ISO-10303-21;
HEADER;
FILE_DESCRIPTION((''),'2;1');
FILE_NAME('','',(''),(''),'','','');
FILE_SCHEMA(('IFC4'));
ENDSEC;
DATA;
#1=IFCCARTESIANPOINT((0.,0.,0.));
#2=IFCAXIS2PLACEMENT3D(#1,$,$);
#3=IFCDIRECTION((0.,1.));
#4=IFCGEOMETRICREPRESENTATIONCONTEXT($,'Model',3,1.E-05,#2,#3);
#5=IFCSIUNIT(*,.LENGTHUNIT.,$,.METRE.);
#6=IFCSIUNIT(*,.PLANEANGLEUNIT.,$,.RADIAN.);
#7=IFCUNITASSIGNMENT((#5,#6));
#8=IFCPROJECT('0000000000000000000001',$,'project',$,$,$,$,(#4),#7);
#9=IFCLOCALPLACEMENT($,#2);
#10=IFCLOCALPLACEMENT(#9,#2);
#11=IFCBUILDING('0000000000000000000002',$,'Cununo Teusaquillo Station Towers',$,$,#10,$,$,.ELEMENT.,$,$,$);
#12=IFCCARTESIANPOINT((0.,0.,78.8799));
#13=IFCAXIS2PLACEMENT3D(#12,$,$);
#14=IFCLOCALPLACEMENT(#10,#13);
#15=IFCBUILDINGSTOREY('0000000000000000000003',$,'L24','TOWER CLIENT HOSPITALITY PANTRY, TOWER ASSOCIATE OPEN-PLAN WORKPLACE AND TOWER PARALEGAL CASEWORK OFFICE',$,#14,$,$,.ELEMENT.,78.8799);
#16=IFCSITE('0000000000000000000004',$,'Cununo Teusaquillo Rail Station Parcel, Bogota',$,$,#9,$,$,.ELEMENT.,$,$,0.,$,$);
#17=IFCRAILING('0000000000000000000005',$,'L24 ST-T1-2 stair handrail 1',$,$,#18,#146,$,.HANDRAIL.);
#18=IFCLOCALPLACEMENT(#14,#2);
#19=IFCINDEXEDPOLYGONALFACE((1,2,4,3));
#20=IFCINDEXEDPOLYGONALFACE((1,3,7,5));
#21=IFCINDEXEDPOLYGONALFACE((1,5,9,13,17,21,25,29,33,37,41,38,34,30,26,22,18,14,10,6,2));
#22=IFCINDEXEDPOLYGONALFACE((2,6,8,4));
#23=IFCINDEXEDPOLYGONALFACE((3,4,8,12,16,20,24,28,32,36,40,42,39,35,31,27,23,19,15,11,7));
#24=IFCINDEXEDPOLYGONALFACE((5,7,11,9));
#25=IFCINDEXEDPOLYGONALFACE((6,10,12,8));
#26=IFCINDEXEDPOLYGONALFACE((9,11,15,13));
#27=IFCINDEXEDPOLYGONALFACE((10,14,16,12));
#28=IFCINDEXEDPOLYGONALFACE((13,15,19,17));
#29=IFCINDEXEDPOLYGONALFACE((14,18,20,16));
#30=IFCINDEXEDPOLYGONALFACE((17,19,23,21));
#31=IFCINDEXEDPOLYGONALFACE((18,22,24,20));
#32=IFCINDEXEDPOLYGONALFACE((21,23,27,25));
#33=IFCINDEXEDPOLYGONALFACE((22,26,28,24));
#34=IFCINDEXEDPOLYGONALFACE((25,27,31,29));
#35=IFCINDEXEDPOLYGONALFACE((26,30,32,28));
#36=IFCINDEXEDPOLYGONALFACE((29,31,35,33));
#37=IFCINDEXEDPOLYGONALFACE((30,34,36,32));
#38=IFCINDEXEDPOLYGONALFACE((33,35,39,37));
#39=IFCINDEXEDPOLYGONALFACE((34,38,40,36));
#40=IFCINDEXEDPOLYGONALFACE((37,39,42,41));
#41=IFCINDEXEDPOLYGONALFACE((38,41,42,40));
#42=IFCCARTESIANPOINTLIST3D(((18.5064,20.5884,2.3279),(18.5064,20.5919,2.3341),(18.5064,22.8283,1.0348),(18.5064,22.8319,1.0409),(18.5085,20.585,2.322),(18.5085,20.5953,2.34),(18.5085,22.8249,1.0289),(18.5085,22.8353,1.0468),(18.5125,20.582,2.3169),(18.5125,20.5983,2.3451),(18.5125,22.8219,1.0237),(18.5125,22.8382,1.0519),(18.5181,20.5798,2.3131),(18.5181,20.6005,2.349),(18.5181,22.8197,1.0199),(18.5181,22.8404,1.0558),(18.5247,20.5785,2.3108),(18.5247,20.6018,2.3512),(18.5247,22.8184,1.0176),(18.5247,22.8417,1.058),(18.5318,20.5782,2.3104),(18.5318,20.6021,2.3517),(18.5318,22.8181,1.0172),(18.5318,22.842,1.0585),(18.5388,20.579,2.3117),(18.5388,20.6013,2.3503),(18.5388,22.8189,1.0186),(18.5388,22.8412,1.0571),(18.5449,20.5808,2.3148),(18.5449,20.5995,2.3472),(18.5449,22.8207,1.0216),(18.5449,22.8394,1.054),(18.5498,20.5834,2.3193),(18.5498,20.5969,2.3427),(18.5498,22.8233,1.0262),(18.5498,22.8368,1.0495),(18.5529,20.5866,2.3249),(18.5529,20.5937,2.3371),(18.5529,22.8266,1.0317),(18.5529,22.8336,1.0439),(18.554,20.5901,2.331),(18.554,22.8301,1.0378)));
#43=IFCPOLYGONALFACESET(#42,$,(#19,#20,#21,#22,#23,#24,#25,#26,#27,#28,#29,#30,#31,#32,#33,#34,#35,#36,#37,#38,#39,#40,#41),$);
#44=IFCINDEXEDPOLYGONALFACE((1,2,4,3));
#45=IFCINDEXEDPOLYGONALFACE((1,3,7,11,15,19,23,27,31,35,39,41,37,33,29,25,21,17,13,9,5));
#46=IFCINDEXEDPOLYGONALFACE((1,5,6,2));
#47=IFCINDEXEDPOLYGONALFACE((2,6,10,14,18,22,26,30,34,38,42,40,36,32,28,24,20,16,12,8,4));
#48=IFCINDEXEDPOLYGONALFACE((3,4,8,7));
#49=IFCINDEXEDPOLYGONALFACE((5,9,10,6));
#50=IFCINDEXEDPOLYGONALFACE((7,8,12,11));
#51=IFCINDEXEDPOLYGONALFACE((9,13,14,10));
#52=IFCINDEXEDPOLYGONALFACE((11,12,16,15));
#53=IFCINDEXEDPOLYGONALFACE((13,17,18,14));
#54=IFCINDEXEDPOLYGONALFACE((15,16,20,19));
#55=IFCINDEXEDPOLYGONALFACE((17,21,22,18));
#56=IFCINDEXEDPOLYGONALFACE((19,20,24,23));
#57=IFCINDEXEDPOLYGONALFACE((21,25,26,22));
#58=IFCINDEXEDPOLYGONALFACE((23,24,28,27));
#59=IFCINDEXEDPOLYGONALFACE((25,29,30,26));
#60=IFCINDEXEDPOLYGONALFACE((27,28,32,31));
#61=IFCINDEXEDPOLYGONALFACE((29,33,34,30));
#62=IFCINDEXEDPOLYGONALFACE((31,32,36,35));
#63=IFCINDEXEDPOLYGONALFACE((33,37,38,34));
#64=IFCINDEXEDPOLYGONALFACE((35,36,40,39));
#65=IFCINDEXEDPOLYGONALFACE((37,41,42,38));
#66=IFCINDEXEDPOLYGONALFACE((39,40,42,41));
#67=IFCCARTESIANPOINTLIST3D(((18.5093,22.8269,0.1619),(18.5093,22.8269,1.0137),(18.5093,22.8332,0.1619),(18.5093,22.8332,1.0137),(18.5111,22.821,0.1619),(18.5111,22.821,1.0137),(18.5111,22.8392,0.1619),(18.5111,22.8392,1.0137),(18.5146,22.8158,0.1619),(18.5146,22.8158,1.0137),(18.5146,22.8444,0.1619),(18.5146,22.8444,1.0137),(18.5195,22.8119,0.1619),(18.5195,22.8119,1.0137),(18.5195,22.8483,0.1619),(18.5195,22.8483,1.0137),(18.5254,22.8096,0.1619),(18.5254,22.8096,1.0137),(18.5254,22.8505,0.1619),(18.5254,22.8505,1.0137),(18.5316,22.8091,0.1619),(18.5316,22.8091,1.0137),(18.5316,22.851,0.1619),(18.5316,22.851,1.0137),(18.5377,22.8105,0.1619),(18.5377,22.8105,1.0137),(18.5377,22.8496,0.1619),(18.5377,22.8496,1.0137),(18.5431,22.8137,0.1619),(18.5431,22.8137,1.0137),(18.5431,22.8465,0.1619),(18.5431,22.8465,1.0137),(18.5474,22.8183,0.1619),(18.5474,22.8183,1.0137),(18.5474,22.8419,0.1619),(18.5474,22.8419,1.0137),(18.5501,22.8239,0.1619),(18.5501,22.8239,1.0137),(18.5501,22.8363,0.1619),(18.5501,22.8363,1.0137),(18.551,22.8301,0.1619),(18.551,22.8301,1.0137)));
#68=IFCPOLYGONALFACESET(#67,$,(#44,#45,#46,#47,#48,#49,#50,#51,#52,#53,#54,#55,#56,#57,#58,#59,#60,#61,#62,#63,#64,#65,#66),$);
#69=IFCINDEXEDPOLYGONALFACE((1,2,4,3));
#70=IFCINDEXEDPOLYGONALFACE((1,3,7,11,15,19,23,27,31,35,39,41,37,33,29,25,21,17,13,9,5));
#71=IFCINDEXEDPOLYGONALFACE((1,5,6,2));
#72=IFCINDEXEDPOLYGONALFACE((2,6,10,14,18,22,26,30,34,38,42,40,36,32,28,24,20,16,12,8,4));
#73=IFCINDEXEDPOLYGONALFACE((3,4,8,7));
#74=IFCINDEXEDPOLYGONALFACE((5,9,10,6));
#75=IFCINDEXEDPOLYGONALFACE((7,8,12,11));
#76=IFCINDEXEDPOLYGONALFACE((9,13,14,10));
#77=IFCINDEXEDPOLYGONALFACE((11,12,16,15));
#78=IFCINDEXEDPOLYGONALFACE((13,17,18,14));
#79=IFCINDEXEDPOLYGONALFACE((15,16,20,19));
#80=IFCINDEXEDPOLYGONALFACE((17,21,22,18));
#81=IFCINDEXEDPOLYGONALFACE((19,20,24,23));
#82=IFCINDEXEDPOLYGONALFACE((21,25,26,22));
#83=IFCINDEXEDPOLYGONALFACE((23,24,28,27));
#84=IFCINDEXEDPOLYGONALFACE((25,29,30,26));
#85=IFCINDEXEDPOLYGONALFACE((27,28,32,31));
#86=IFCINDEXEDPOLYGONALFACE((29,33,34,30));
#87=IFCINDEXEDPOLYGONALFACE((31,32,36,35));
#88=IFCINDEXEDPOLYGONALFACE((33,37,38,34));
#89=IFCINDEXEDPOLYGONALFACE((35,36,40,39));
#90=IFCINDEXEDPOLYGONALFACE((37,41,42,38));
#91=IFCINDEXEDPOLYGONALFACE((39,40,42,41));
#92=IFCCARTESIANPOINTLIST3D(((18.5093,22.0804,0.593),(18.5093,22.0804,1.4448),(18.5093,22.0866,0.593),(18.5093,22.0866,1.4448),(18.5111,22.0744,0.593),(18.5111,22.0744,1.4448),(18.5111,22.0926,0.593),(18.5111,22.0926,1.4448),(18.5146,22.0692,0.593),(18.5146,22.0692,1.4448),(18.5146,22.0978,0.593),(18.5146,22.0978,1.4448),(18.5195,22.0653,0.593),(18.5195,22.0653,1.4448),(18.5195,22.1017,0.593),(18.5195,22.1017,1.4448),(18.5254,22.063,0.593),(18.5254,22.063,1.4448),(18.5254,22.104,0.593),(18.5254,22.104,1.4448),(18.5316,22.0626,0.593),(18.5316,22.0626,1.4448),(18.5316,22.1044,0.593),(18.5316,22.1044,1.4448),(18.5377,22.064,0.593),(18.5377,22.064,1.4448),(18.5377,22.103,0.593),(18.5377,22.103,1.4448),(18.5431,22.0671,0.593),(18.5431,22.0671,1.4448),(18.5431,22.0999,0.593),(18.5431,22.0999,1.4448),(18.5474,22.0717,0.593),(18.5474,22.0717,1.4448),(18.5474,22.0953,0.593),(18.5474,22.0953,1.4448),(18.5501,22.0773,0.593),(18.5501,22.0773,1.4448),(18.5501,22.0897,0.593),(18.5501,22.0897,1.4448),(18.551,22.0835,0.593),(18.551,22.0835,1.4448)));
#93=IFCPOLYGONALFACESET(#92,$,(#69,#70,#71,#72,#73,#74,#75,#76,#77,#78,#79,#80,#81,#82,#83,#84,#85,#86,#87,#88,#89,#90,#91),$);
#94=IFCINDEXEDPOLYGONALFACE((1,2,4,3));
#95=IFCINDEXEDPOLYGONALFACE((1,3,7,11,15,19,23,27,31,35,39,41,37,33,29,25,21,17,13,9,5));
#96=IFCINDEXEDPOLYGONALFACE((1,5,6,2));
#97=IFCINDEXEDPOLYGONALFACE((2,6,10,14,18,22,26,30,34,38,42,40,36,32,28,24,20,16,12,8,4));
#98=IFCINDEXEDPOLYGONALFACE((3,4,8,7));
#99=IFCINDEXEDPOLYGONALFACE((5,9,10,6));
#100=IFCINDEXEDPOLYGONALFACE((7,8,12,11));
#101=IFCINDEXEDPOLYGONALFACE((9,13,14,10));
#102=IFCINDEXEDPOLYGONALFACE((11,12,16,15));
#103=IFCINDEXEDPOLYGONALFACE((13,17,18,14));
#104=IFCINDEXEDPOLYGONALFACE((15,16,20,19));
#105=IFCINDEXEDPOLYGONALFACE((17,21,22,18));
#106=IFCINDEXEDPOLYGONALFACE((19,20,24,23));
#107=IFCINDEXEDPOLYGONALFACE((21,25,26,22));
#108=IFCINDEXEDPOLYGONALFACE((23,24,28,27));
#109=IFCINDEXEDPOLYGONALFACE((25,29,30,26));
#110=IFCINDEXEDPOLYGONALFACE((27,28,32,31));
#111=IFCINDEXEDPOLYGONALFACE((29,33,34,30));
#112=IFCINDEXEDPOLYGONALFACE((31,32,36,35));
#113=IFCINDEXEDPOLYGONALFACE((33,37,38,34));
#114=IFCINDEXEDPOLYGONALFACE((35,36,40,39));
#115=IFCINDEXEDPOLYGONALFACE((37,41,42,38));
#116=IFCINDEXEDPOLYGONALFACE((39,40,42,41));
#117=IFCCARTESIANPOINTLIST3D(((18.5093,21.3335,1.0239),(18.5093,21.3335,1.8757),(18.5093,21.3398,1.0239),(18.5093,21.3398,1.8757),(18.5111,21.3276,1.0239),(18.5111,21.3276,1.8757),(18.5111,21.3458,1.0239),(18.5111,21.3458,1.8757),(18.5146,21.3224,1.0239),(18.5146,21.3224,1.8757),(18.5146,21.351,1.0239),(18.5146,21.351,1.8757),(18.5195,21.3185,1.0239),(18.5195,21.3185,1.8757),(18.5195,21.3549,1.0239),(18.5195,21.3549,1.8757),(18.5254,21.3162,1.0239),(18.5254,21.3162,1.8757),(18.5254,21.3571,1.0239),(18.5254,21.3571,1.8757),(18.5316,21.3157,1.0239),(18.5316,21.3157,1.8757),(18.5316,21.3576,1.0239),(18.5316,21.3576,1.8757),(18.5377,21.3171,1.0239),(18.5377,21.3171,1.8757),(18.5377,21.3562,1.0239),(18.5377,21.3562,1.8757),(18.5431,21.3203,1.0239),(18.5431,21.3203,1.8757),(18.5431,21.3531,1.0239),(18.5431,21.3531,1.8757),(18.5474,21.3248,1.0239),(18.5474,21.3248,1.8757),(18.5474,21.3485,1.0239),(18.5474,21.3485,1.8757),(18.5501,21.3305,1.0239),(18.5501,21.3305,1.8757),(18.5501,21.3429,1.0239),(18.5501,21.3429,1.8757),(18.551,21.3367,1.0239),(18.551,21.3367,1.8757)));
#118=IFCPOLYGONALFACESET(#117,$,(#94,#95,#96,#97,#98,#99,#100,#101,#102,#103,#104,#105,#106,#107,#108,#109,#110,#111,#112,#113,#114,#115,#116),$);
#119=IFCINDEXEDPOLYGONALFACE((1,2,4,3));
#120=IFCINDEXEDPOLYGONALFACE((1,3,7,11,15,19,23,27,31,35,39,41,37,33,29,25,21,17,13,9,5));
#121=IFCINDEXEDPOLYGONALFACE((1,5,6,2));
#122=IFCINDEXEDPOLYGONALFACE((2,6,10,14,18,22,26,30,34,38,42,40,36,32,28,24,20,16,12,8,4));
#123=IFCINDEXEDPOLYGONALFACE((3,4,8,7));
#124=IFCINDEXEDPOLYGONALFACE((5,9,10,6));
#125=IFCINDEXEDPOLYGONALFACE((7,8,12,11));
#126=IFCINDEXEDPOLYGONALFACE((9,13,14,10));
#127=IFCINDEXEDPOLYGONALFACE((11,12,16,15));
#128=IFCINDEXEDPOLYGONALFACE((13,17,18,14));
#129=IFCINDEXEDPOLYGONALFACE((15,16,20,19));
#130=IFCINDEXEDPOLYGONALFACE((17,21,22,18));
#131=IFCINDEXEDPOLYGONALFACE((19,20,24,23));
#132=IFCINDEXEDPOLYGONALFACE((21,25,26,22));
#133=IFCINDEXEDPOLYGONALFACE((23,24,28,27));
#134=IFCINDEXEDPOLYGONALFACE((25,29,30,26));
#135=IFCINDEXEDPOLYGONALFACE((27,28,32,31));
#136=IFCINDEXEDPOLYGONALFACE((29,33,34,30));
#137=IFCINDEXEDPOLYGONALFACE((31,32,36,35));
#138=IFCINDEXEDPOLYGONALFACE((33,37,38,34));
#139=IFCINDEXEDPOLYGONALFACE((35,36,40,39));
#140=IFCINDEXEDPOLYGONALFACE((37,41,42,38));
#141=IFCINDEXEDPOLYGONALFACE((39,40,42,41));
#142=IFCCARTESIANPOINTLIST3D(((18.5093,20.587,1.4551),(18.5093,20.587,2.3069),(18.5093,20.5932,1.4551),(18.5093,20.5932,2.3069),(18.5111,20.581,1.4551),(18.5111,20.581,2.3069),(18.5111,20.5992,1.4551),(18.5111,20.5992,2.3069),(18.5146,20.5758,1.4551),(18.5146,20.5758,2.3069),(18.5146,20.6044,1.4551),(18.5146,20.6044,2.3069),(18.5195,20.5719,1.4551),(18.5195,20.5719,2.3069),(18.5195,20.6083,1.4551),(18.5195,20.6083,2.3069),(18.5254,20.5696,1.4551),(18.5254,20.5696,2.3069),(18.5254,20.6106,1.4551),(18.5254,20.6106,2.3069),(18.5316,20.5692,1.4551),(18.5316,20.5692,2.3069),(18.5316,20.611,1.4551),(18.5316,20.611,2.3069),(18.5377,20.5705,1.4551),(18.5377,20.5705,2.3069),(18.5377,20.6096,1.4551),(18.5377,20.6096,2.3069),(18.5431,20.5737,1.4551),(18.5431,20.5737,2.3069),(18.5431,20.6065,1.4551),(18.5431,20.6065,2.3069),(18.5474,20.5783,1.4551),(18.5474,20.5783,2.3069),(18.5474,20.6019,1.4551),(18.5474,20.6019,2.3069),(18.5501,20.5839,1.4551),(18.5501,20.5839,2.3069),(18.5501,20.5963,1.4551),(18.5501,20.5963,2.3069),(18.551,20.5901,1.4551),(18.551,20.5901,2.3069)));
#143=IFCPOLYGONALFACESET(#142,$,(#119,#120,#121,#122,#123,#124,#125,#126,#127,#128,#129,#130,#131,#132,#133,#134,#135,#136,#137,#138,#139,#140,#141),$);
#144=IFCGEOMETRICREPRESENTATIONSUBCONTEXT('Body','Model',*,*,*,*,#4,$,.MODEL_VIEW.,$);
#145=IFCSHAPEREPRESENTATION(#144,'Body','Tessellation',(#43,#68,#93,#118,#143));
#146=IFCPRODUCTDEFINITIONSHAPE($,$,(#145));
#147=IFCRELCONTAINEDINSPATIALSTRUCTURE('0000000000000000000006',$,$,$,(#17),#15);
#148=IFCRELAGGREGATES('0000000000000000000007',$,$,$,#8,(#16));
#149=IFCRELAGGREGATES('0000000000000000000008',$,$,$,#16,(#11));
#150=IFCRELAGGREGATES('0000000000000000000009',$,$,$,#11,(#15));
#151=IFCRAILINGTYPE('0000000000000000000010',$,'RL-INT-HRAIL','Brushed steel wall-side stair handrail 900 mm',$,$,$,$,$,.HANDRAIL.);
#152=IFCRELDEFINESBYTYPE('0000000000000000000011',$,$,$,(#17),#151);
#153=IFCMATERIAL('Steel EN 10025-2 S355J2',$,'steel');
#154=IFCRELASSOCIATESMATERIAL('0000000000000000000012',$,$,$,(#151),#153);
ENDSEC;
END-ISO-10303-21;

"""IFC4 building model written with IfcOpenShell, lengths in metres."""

from ifc_helpers import new_model, si_unit, direction, frame, origin, origin_2d, place, context, subcontext, project, spatial, circle, extrude, material, type_object, element, save


model = new_model("IFC4")

# Units and contexts
model_context = context("Model", 3, precision=1e-05, world=origin(), true_north=direction((0.0, 1.0)))
body_context = subcontext(model_context, "Body", "Model", "MODEL_VIEW")
ifc_project = project(units=[si_unit("LENGTHUNIT", "METRE"), si_unit("PLANEANGLEUNIT", "RADIAN")], contexts=[model_context])

# Site, building, storey
site_placement = place(None, origin())
site = spatial("IfcSite", under=ifc_project, at=site_placement, Name="Cununo Teusaquillo Rail Station Parcel, Bogota", CompositionType="ELEMENT", RefElevation=0.0)
building_placement = place(site_placement, origin())
building = spatial("IfcBuilding", under=site, at=building_placement, Name="Cununo Teusaquillo Station Towers", CompositionType="ELEMENT")
storey_placement = place(building_placement, frame((0.0, 0.0, 78.8799)))
storey = spatial("IfcBuildingStorey", under=building, at=storey_placement, Name="L24", Description="TOWER CLIENT HOSPITALITY PANTRY, TOWER ASSOCIATE OPEN-PLAN WORKPLACE AND TOWER PARALEGAL CASEWORK OFFICE", CompositionType="ELEMENT", Elevation=78.8799)

# Railing
ifc_material_1 = material(Name="Steel EN 10025-2 S355J2", Category="steel")
railing_type_1 = type_object("IfcRailingType", Name="RL-INT-HRAIL", Description="Brushed steel wall-side stair handrail 900 mm", PredefinedType="HANDRAIL", material=ifc_material_1)
railing_1_placement = place(storey_placement, frame((18.53, 22.8301, 0.1619)))
element("IfcRailing", 1, at=railing_1_placement, inside=storey, type_object=railing_type_1, Name="L24 ST-T1-2 stair handrail 1", PredefinedType="HANDRAIL", context=body_context, shape_type="SweptSolid", body=[
    extrude(circle(Radius=0.0239, at=origin_2d()), frame((0.0, 0.0, 0.876), z_axis=(0.0, -0.866033, 0.499987), x_axis=(1.0, 0.0, 0.0)), (0.0, 0.0, 1.0), 2.5864),
    extrude(circle(Radius=0.021, at=origin_2d()), origin(), (0.0, 0.0, 1.0), 0.8518),
    extrude(circle(Radius=0.021, at=origin_2d()), frame((0.0, -0.7466, 0.4312)), (0.0, 0.0, 1.0), 0.8518),
    extrude(circle(Radius=0.021, at=origin_2d()), frame((0.0, -1.4934, 0.8621)), (0.0, 0.0, 1.0), 0.8518),
    extrude(circle(Radius=0.021, at=origin_2d()), frame((0.0, -2.24, 1.2932)), (0.0, 0.0, 1.0), 0.8518),
])

save(model, "model.ifc")
